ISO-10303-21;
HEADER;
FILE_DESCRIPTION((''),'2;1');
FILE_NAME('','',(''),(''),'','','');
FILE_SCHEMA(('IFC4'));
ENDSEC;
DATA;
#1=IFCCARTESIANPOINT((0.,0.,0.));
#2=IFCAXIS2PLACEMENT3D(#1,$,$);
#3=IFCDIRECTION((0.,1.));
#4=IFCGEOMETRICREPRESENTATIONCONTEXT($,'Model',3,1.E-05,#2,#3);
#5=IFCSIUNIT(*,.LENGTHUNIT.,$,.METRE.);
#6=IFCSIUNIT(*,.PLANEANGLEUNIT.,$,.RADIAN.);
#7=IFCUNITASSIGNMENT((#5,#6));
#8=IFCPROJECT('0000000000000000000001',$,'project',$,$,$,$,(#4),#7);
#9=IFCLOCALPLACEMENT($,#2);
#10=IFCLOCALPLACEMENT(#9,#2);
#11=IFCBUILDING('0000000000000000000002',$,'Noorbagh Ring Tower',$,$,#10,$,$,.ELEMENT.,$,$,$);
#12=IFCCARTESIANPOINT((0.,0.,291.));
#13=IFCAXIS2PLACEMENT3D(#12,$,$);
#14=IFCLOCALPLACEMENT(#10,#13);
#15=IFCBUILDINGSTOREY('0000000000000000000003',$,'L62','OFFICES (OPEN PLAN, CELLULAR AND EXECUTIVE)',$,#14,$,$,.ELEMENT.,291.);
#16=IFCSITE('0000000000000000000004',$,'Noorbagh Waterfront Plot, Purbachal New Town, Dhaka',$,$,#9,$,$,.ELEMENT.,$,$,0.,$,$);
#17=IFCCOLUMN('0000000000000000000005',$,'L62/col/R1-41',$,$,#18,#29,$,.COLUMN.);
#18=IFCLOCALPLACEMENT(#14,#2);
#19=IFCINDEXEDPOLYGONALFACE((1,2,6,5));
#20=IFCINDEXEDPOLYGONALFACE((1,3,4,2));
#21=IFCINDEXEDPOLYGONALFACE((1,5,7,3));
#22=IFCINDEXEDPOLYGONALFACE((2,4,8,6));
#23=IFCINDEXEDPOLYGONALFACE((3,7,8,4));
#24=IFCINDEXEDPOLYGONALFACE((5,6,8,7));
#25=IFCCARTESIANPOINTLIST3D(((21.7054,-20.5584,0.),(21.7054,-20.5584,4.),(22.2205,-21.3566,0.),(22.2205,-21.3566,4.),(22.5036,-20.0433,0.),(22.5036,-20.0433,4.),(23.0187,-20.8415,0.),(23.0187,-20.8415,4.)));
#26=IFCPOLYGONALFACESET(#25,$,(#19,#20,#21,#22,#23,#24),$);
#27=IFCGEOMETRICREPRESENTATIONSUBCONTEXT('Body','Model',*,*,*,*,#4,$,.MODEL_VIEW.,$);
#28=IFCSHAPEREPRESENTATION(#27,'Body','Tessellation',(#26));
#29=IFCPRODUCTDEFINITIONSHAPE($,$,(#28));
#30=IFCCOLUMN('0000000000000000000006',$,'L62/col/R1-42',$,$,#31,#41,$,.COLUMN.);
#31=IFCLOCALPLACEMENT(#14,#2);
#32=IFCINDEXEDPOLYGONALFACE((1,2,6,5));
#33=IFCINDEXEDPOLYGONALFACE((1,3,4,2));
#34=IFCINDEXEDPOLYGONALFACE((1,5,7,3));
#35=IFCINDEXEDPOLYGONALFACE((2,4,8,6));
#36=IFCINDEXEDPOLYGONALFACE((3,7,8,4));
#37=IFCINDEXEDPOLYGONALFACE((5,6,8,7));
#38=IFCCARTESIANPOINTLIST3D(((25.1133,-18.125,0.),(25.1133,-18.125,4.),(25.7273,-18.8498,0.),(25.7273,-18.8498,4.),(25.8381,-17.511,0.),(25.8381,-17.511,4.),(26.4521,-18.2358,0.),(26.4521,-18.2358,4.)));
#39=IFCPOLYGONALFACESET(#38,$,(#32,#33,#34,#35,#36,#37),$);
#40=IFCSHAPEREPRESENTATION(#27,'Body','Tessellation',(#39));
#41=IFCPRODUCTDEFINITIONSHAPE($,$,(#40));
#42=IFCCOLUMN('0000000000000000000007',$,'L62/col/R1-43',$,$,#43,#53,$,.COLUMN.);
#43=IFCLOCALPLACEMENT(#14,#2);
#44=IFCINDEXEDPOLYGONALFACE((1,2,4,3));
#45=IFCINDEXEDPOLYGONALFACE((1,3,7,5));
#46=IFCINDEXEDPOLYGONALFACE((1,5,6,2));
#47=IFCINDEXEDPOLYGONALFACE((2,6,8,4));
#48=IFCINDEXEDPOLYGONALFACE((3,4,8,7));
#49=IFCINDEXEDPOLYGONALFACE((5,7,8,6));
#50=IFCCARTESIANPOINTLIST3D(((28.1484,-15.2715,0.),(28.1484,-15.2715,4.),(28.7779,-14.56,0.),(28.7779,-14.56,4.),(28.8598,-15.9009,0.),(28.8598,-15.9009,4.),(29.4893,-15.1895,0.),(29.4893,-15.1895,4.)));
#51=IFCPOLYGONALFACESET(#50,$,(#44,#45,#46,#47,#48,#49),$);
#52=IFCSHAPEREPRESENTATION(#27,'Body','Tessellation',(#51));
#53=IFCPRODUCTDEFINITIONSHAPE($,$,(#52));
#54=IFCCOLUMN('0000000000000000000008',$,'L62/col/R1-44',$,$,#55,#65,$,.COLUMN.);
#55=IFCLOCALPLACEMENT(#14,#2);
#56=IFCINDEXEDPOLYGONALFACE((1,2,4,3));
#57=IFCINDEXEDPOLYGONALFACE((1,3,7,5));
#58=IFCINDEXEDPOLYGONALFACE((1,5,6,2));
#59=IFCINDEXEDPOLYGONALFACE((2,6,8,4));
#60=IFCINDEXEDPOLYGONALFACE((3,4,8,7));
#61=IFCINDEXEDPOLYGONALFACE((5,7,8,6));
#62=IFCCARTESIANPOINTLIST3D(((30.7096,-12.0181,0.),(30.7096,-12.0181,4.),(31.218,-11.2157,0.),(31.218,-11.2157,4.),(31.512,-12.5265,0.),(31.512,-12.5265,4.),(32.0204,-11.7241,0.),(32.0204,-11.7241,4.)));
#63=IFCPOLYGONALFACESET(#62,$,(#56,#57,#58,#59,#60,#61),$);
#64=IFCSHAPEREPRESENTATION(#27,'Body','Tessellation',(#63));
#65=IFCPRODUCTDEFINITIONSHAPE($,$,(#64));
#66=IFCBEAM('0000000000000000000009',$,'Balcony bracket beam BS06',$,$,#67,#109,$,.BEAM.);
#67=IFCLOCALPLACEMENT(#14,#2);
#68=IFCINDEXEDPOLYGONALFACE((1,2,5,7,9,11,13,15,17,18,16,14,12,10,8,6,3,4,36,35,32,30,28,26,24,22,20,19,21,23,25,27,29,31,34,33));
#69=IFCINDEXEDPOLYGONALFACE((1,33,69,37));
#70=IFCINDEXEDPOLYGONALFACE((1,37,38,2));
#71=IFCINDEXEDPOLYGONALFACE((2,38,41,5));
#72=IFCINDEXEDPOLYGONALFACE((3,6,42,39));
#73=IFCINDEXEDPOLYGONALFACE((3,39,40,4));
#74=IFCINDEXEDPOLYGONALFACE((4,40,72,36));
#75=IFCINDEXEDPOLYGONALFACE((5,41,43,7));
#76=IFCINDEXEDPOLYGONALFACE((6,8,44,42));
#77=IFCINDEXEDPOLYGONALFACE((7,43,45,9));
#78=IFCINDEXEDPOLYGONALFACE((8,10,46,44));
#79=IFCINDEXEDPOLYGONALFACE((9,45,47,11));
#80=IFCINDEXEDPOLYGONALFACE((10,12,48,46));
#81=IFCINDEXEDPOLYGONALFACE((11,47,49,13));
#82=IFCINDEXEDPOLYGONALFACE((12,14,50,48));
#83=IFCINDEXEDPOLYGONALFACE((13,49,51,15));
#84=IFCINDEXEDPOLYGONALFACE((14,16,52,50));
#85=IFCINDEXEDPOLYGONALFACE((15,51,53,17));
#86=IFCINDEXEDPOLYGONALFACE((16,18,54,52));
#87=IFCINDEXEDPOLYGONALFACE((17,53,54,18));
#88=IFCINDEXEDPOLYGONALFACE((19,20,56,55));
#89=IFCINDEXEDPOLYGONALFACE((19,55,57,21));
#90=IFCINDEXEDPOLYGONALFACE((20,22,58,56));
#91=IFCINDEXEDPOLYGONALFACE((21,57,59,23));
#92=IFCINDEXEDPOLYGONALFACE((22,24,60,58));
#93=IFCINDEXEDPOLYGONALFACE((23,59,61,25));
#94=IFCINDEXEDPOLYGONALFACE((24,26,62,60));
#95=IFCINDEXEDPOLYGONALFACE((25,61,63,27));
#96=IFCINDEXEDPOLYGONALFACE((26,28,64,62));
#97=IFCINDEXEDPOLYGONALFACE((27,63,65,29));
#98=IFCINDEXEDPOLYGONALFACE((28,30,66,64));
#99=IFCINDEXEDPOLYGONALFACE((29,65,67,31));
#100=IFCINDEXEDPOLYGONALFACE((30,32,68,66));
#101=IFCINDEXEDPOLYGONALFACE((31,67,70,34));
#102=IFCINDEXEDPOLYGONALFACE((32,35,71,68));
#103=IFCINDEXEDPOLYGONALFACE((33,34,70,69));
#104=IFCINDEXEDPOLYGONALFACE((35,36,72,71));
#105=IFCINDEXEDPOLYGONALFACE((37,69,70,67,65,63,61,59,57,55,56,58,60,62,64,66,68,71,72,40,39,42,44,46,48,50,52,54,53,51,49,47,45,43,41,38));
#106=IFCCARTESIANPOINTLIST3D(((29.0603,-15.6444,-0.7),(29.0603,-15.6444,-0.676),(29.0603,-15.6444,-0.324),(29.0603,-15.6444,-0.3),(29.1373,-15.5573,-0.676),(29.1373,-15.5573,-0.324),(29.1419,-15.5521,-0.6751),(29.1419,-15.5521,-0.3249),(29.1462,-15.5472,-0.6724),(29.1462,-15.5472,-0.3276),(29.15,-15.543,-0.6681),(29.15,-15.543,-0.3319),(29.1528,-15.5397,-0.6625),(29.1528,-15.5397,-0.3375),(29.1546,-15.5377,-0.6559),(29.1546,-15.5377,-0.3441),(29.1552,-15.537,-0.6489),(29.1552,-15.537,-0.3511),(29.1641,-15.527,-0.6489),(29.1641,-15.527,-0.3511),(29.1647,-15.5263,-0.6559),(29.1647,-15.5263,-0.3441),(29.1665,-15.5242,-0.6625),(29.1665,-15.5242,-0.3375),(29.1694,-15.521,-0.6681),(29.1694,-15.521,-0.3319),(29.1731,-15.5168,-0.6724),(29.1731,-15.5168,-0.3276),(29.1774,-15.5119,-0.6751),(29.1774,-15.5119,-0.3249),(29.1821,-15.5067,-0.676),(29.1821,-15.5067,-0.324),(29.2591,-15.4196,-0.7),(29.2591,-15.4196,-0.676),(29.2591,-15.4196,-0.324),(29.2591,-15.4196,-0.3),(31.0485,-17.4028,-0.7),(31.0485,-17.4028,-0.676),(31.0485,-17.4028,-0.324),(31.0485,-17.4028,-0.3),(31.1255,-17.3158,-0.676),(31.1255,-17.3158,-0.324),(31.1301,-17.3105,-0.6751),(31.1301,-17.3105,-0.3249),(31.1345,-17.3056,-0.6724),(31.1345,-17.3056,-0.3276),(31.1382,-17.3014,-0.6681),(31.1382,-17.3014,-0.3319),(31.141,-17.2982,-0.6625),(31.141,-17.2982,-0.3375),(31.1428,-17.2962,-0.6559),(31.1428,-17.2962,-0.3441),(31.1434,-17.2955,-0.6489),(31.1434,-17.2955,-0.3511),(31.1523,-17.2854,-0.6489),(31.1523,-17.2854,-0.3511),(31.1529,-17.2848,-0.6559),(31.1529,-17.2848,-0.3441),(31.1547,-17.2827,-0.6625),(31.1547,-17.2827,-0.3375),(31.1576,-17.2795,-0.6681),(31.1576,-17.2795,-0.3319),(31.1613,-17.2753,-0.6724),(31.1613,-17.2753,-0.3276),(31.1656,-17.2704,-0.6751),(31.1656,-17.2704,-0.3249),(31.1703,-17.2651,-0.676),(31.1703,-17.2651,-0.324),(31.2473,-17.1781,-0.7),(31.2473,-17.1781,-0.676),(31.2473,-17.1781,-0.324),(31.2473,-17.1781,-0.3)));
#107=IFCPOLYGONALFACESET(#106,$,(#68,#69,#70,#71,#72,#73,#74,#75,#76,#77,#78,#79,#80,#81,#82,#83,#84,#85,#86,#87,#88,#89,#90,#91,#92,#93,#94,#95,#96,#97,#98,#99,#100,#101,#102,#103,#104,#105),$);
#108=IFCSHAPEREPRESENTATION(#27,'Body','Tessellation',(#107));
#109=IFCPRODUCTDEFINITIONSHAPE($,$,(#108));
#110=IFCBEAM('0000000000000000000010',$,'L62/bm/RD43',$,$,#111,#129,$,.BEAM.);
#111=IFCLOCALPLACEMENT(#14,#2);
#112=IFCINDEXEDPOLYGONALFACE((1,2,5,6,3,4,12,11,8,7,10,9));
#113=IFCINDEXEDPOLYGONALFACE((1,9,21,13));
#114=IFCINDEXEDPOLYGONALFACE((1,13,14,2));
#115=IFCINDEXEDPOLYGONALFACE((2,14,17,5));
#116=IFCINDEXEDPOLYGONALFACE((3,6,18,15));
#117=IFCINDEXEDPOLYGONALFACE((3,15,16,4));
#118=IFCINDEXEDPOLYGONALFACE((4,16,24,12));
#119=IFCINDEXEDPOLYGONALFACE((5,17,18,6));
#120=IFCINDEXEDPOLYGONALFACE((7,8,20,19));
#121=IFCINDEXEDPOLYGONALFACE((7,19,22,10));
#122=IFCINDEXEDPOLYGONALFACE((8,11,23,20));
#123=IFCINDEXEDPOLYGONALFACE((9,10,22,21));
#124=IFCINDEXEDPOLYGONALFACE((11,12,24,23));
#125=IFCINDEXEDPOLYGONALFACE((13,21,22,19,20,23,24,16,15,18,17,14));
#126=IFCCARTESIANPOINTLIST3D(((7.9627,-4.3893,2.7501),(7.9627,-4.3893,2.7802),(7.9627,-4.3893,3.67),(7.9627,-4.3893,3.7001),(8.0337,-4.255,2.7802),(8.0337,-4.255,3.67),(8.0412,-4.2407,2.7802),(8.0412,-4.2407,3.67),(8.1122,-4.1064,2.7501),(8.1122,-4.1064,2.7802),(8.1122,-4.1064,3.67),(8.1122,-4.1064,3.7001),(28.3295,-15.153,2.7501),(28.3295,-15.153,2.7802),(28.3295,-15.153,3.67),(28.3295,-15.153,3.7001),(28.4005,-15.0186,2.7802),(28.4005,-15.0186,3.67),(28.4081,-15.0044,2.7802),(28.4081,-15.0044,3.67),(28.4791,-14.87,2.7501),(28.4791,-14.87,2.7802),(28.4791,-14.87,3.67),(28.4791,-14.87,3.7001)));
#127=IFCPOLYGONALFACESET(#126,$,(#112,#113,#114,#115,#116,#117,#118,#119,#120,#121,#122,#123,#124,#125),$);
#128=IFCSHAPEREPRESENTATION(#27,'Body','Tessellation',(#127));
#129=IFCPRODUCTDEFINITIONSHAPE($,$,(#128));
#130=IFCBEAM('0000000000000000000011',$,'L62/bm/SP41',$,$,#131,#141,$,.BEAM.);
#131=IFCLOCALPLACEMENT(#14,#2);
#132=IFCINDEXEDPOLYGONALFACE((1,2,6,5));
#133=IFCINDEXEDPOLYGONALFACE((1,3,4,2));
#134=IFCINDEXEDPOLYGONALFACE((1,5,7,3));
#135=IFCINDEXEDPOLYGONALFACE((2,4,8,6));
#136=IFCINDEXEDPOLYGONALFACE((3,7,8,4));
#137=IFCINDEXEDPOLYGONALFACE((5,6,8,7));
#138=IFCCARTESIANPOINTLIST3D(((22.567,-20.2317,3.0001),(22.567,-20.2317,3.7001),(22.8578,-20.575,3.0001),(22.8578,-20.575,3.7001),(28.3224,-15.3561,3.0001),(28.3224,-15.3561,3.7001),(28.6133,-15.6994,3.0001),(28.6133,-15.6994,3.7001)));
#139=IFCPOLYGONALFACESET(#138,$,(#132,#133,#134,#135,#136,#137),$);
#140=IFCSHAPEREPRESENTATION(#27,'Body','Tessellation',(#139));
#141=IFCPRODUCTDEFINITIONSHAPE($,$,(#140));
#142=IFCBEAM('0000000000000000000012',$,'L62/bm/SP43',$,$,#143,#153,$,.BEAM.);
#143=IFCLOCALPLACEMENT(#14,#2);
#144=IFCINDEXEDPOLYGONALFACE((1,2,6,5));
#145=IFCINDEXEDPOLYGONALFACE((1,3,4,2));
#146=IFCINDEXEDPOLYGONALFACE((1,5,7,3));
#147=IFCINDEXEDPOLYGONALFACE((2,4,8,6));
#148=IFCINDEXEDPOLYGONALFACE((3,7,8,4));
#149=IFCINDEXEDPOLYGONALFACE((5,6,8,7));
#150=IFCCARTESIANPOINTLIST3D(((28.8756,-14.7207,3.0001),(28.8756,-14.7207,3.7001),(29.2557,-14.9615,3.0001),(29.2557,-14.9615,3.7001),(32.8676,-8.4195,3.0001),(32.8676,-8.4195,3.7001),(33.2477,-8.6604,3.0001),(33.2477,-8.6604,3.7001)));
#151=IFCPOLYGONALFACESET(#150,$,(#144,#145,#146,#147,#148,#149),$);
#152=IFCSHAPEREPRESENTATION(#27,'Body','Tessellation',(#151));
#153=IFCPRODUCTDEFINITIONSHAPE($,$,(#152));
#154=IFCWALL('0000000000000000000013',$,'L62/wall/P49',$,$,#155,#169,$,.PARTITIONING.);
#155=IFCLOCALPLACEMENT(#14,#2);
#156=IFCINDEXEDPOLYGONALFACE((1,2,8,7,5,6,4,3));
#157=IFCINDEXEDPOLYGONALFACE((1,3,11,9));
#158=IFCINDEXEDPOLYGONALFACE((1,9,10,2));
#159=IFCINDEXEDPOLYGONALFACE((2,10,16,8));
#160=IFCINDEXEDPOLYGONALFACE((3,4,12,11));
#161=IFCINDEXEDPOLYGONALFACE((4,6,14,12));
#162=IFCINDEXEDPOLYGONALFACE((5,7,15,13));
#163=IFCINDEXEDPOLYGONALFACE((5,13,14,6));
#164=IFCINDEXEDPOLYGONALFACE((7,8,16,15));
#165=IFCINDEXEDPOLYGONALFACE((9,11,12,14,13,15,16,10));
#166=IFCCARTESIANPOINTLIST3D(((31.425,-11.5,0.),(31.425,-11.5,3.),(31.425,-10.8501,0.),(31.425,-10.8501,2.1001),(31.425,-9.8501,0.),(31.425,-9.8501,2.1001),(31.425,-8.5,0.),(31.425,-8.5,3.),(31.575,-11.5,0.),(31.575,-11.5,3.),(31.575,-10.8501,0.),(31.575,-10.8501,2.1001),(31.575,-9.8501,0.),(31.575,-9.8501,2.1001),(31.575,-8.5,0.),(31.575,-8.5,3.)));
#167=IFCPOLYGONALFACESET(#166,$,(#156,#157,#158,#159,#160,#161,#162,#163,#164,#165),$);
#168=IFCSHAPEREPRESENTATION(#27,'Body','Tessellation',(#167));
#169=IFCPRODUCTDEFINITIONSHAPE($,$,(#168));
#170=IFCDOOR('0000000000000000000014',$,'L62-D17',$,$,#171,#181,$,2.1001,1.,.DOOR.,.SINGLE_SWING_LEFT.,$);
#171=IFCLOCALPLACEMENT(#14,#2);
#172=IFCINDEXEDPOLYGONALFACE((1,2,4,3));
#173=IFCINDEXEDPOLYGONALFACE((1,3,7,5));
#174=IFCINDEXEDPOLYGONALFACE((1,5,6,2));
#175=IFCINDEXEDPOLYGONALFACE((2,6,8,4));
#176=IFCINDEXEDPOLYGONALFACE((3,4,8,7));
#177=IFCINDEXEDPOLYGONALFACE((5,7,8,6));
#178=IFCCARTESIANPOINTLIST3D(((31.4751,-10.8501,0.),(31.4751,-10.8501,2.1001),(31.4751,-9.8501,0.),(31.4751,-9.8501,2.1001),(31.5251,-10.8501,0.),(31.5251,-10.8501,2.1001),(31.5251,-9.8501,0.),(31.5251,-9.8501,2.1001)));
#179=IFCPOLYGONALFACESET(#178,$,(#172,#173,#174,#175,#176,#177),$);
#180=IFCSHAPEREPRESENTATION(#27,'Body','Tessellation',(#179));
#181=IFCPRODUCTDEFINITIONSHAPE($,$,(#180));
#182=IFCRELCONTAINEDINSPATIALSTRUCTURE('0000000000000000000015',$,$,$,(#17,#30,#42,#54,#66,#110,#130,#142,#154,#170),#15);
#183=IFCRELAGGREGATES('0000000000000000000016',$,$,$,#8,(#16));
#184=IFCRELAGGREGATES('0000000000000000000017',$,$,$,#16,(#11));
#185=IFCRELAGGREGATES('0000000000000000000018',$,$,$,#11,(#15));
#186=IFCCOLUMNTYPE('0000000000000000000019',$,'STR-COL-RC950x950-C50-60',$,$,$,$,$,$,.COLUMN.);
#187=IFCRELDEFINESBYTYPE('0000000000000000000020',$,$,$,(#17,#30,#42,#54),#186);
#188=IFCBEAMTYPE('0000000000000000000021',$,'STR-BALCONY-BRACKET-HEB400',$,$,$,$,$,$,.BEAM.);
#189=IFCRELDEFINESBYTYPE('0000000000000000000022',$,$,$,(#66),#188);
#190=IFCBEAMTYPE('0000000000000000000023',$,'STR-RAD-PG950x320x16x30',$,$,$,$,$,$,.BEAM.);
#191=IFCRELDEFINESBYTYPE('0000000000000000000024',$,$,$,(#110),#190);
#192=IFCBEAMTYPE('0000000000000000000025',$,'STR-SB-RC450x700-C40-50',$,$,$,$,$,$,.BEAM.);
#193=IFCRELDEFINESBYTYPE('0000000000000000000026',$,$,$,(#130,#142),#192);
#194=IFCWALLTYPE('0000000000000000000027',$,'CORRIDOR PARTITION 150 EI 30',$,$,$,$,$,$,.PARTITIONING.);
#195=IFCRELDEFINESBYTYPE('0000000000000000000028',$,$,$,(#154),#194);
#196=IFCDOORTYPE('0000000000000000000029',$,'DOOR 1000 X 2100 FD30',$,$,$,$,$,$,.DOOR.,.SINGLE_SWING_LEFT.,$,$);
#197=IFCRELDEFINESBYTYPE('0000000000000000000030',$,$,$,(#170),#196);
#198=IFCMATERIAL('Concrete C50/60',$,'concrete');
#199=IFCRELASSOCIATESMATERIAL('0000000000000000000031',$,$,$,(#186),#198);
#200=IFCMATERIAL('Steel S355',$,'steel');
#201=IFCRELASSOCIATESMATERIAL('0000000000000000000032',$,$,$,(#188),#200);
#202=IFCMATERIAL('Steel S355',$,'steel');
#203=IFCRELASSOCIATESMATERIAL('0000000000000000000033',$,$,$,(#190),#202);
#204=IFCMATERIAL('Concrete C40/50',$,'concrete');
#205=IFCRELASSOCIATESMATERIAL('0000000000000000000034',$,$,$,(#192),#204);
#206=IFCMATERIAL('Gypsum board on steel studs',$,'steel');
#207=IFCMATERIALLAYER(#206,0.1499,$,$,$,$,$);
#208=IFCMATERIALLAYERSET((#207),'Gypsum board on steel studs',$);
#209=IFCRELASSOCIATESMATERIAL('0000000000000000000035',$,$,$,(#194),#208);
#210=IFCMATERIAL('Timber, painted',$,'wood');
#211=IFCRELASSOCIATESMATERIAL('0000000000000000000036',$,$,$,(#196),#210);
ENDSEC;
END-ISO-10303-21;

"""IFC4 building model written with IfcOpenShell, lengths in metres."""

from ifc_helpers import new_model, si_unit, direction, frame, frame_2d, origin, origin_2d, place, context, subcontext, project, spatial, rectangle, i_section, extrude, material, layer, layer_set, material_profile, profile_set, type_object, element, fill, save


model = new_model("IFC4")

# Units and contexts
model_context = context("Model", 3, precision=1e-05, world=origin(), true_north=direction((0.0, 1.0)))
body_context = subcontext(model_context, "Body", "Model", "MODEL_VIEW")
ifc_project = project(units=[si_unit("LENGTHUNIT", "METRE"), si_unit("PLANEANGLEUNIT", "RADIAN")], contexts=[model_context])

# Site, building, storey
site_placement = place(None, origin())
site = spatial("IfcSite", under=ifc_project, at=site_placement, Name="Noorbagh Waterfront Plot, Purbachal New Town, Dhaka", CompositionType="ELEMENT", RefElevation=0.0)
building_placement = place(site_placement, origin())
building = spatial("IfcBuilding", under=site, at=building_placement, Name="Noorbagh Ring Tower", CompositionType="ELEMENT")
storey_placement = place(building_placement, frame((0.0, 0.0, 291.0)))
storey = spatial("IfcBuildingStorey", under=building, at=storey_placement, Name="L62", Description="OFFICES (OPEN PLAN, CELLULAR AND EXECUTIVE)", CompositionType="ELEMENT", Elevation=291.0)

# Columns
ifc_material_1 = material(Name="Concrete C50/60", Category="concrete")
ifc_material_profile_1 = material_profile(ifc_material_1, rectangle(XDim=0.95, YDim=0.95, at=origin_2d()), Name="RC950x950")
ifc_profile_set_1 = profile_set([ifc_material_profile_1], Name="Concrete C50/60")
column_type = type_object("IfcColumnType", Name="STR-COL-RC950x950-C50-60", PredefinedType="COLUMN", material=ifc_profile_set_1)
for number, where, z_axis, x_axis, name in (
    (1, (22.3621, -20.7, 0.0), (0.0, 0.0, 1.0), (0.840248, 0.542203, 0.0), "L62/col/R1-41"),
    (2, (25.7827, -18.1804, 0.0), (0.0, 0.0, 1.0), (0.763035, 0.646357, 0.0), "L62/col/R1-42"),
    (3, (28.8188, -15.2305, 0.0), (0.0, 0.0, 1.0), (0.662636, 0.748942, 0.0), "L62/col/R1-43"),
    (4, (31.365, -11.8711, 0.0), (0.0, 0.0, 1.0), (0.53519, 0.844731, 0.0), "L62/col/R1-44"),
):
    element("IfcColumn", number, at=place(storey_placement, frame(where, z_axis=z_axis, x_axis=x_axis)), inside=storey, type_object=column_type, Name=name, PredefinedType="COLUMN", context=body_context, shape_type="SweptSolid", body=[
        extrude(rectangle(XDim=0.95, YDim=0.95, at=origin_2d()), origin(), (0.0, 0.0, 1.0), 4.0),
    ])

# Beams
ifc_material_2 = material(Name="Steel S355", Category="steel")
ifc_material_profile_2 = material_profile(ifc_material_2, i_section(OverallWidth=0.3, OverallDepth=0.3999, WebThickness=0.0134, FlangeThickness=0.0239, FilletRadius=0.0271, at=origin_2d()), Name="HEB400")
ifc_profile_set_2 = profile_set([ifc_material_profile_2], Name="Steel S355")
beam_type_1 = type_object("IfcBeamType", Name="STR-BALCONY-BRACKET-HEB400", PredefinedType="BEAM", material=ifc_profile_set_2)
beam_1_placement = place(storey_placement, frame((29.1597, -15.532, -0.5), z_axis=(0.749056, -0.662506, 0.0), x_axis=(0.662506, 0.749056, 0.0)))
element("IfcBeam", 5, at=beam_1_placement, inside=storey, type_object=beam_type_1, Name="Balcony bracket beam BS06", PredefinedType="BEAM", context=body_context, shape_type="SweptSolid", body=[
    extrude(i_section(OverallWidth=0.3, OverallDepth=0.3999, WebThickness=0.0134, FlangeThickness=0.0239, FilletRadius=0.0271, at=origin_2d()), origin(), (0.0, 0.0, 1.0), 2.6543),
])
ifc_material_3 = material(Name="Steel S355", Category="steel")
ifc_material_profile_3 = material_profile(ifc_material_3, i_section(OverallWidth=0.3201, OverallDepth=0.95, WebThickness=0.0161, FlangeThickness=0.03, at=origin_2d()), Name="PG950x320x16x30")
ifc_profile_set_3 = profile_set([ifc_material_profile_3], Name="Steel S355")
beam_type_2 = type_object("IfcBeamType", Name="STR-RAD-PG950x320x16x30", PredefinedType="BEAM", material=ifc_profile_set_3)
beam_2_placement = place(storey_placement, frame((28.4043, -15.0115, 3.2251), z_axis=(-0.884126, 0.467249, 0.0), x_axis=(-0.467249, -0.884126, 0.0)))
element("IfcBeam", 6, at=beam_2_placement, inside=storey, type_object=beam_type_2, Name="L62/bm/RD43", PredefinedType="BEAM", context=body_context, shape_type="SweptSolid", body=[
    extrude(i_section(OverallWidth=0.3201, OverallDepth=0.95, WebThickness=0.0161, FlangeThickness=0.03, at=origin_2d()), origin(), (0.0, 0.0, 1.0), 23.0361),
])
ifc_material_4 = material(Name="Concrete C40/50", Category="concrete")
ifc_material_profile_4 = material_profile(ifc_material_4, rectangle(XDim=0.45, YDim=0.7, at=origin_2d()), Name="RC450x700")
ifc_profile_set_4 = profile_set([ifc_material_profile_4], Name="Concrete C40/50")
beam_type_3 = type_object("IfcBeamType", Name="STR-SB-RC450x700-C40-50", PredefinedType="BEAM", material=ifc_profile_set_4)
beam_3_placement = place(storey_placement, frame((22.7124, -20.4033, 3.3501), z_axis=(0.763023, 0.646372, 0.0), x_axis=(-0.646372, 0.763023, 0.0)))
element("IfcBeam", 7, at=beam_3_placement, inside=storey, type_object=beam_type_3, Name="L62/bm/SP41", PredefinedType="BEAM", context=body_context, shape_type="SweptSolid", body=[
    extrude(rectangle(XDim=0.45, YDim=0.7, at=origin_2d()), origin(), (0.0, 0.0, 1.0), 7.543),
])
beam_4_placement = place(storey_placement, frame((29.0657, -14.8411, 3.3501), z_axis=(0.535176, 0.844741, 0.0), x_axis=(-0.844741, 0.535176, 0.0)))
element("IfcBeam", 8, at=beam_4_placement, inside=storey, type_object=beam_type_3, Name="L62/bm/SP43", PredefinedType="BEAM", context=body_context, shape_type="SweptSolid", body=[
    extrude(rectangle(XDim=0.45, YDim=0.7, at=origin_2d()), origin(), (0.0, 0.0, 1.0), 7.4592),
])

# Wall, opening, door
ifc_material_5 = material(Name="Gypsum board on steel studs", Category="steel")
ifc_layer_1 = layer(ifc_material_5, 0.1499)
ifc_layer_set_1 = layer_set([ifc_layer_1], Name="Gypsum board on steel studs")
wall_type_1 = type_object("IfcWallType", Name="CORRIDOR PARTITION 150 EI 30", PredefinedType="PARTITIONING", material=ifc_layer_set_1)
wall_1_placement = place(storey_placement, frame((31.5, -11.5, 0.0), z_axis=(0.0, 0.0, 1.0), x_axis=(0.0, 1.0, 0.0)))
wall_1 = element("IfcWall", 9, at=wall_1_placement, inside=storey, type_object=wall_type_1, Name="L62/wall/P49", PredefinedType="PARTITIONING", context=body_context, shape_type="SweptSolid", body=[
    extrude(rectangle(XDim=3.0, YDim=0.1499, at=frame_2d((1.5, 0.0))), origin(), (0.0, 0.0, 1.0), 3.0),
])
opening_1_placement = place(wall_1_placement, frame((0.6499, 0.0, 0.0)))
opening_1 = element("IfcOpeningElement", 10, at=opening_1_placement, cuts=wall_1, PredefinedType="OPENING", context=body_context, shape_type="SweptSolid", body=[
    extrude(rectangle(XDim=1.0, YDim=2.1001, at=frame_2d((0.5, 1.05))), frame((0.0, 0.085, 0.0), z_axis=(0.0, -1.0, 0.0), x_axis=(1.0, 0.0, 0.0)), (0.0, 0.0, 1.0), 0.1699),
])
ifc_material_6 = material(Name="Timber, painted", Category="wood")
door_type_1 = type_object("IfcDoorType", Name="DOOR 1000 X 2100 FD30", OperationType="SINGLE_SWING_LEFT", PredefinedType="DOOR", material=ifc_material_6)
door_1_placement = place(opening_1_placement, origin())
door_1 = element("IfcDoor", 11, at=door_1_placement, inside=storey, type_object=door_type_1, Name="L62-D17", OperationType="SINGLE_SWING_LEFT", OverallHeight=2.1001, OverallWidth=1.0, PredefinedType="DOOR", context=body_context, shape_type="SweptSolid", body=[
    extrude(rectangle(XDim=1.0, YDim=2.1001, at=frame_2d((0.5, 1.05))), frame((0.0, 0.0249, 0.0), z_axis=(0.0, -1.0, 0.0), x_axis=(1.0, 0.0, 0.0)), (0.0, 0.0, 1.0), 0.05),
])
fill(opening_1, door_1)

save(model, "model.ifc")
